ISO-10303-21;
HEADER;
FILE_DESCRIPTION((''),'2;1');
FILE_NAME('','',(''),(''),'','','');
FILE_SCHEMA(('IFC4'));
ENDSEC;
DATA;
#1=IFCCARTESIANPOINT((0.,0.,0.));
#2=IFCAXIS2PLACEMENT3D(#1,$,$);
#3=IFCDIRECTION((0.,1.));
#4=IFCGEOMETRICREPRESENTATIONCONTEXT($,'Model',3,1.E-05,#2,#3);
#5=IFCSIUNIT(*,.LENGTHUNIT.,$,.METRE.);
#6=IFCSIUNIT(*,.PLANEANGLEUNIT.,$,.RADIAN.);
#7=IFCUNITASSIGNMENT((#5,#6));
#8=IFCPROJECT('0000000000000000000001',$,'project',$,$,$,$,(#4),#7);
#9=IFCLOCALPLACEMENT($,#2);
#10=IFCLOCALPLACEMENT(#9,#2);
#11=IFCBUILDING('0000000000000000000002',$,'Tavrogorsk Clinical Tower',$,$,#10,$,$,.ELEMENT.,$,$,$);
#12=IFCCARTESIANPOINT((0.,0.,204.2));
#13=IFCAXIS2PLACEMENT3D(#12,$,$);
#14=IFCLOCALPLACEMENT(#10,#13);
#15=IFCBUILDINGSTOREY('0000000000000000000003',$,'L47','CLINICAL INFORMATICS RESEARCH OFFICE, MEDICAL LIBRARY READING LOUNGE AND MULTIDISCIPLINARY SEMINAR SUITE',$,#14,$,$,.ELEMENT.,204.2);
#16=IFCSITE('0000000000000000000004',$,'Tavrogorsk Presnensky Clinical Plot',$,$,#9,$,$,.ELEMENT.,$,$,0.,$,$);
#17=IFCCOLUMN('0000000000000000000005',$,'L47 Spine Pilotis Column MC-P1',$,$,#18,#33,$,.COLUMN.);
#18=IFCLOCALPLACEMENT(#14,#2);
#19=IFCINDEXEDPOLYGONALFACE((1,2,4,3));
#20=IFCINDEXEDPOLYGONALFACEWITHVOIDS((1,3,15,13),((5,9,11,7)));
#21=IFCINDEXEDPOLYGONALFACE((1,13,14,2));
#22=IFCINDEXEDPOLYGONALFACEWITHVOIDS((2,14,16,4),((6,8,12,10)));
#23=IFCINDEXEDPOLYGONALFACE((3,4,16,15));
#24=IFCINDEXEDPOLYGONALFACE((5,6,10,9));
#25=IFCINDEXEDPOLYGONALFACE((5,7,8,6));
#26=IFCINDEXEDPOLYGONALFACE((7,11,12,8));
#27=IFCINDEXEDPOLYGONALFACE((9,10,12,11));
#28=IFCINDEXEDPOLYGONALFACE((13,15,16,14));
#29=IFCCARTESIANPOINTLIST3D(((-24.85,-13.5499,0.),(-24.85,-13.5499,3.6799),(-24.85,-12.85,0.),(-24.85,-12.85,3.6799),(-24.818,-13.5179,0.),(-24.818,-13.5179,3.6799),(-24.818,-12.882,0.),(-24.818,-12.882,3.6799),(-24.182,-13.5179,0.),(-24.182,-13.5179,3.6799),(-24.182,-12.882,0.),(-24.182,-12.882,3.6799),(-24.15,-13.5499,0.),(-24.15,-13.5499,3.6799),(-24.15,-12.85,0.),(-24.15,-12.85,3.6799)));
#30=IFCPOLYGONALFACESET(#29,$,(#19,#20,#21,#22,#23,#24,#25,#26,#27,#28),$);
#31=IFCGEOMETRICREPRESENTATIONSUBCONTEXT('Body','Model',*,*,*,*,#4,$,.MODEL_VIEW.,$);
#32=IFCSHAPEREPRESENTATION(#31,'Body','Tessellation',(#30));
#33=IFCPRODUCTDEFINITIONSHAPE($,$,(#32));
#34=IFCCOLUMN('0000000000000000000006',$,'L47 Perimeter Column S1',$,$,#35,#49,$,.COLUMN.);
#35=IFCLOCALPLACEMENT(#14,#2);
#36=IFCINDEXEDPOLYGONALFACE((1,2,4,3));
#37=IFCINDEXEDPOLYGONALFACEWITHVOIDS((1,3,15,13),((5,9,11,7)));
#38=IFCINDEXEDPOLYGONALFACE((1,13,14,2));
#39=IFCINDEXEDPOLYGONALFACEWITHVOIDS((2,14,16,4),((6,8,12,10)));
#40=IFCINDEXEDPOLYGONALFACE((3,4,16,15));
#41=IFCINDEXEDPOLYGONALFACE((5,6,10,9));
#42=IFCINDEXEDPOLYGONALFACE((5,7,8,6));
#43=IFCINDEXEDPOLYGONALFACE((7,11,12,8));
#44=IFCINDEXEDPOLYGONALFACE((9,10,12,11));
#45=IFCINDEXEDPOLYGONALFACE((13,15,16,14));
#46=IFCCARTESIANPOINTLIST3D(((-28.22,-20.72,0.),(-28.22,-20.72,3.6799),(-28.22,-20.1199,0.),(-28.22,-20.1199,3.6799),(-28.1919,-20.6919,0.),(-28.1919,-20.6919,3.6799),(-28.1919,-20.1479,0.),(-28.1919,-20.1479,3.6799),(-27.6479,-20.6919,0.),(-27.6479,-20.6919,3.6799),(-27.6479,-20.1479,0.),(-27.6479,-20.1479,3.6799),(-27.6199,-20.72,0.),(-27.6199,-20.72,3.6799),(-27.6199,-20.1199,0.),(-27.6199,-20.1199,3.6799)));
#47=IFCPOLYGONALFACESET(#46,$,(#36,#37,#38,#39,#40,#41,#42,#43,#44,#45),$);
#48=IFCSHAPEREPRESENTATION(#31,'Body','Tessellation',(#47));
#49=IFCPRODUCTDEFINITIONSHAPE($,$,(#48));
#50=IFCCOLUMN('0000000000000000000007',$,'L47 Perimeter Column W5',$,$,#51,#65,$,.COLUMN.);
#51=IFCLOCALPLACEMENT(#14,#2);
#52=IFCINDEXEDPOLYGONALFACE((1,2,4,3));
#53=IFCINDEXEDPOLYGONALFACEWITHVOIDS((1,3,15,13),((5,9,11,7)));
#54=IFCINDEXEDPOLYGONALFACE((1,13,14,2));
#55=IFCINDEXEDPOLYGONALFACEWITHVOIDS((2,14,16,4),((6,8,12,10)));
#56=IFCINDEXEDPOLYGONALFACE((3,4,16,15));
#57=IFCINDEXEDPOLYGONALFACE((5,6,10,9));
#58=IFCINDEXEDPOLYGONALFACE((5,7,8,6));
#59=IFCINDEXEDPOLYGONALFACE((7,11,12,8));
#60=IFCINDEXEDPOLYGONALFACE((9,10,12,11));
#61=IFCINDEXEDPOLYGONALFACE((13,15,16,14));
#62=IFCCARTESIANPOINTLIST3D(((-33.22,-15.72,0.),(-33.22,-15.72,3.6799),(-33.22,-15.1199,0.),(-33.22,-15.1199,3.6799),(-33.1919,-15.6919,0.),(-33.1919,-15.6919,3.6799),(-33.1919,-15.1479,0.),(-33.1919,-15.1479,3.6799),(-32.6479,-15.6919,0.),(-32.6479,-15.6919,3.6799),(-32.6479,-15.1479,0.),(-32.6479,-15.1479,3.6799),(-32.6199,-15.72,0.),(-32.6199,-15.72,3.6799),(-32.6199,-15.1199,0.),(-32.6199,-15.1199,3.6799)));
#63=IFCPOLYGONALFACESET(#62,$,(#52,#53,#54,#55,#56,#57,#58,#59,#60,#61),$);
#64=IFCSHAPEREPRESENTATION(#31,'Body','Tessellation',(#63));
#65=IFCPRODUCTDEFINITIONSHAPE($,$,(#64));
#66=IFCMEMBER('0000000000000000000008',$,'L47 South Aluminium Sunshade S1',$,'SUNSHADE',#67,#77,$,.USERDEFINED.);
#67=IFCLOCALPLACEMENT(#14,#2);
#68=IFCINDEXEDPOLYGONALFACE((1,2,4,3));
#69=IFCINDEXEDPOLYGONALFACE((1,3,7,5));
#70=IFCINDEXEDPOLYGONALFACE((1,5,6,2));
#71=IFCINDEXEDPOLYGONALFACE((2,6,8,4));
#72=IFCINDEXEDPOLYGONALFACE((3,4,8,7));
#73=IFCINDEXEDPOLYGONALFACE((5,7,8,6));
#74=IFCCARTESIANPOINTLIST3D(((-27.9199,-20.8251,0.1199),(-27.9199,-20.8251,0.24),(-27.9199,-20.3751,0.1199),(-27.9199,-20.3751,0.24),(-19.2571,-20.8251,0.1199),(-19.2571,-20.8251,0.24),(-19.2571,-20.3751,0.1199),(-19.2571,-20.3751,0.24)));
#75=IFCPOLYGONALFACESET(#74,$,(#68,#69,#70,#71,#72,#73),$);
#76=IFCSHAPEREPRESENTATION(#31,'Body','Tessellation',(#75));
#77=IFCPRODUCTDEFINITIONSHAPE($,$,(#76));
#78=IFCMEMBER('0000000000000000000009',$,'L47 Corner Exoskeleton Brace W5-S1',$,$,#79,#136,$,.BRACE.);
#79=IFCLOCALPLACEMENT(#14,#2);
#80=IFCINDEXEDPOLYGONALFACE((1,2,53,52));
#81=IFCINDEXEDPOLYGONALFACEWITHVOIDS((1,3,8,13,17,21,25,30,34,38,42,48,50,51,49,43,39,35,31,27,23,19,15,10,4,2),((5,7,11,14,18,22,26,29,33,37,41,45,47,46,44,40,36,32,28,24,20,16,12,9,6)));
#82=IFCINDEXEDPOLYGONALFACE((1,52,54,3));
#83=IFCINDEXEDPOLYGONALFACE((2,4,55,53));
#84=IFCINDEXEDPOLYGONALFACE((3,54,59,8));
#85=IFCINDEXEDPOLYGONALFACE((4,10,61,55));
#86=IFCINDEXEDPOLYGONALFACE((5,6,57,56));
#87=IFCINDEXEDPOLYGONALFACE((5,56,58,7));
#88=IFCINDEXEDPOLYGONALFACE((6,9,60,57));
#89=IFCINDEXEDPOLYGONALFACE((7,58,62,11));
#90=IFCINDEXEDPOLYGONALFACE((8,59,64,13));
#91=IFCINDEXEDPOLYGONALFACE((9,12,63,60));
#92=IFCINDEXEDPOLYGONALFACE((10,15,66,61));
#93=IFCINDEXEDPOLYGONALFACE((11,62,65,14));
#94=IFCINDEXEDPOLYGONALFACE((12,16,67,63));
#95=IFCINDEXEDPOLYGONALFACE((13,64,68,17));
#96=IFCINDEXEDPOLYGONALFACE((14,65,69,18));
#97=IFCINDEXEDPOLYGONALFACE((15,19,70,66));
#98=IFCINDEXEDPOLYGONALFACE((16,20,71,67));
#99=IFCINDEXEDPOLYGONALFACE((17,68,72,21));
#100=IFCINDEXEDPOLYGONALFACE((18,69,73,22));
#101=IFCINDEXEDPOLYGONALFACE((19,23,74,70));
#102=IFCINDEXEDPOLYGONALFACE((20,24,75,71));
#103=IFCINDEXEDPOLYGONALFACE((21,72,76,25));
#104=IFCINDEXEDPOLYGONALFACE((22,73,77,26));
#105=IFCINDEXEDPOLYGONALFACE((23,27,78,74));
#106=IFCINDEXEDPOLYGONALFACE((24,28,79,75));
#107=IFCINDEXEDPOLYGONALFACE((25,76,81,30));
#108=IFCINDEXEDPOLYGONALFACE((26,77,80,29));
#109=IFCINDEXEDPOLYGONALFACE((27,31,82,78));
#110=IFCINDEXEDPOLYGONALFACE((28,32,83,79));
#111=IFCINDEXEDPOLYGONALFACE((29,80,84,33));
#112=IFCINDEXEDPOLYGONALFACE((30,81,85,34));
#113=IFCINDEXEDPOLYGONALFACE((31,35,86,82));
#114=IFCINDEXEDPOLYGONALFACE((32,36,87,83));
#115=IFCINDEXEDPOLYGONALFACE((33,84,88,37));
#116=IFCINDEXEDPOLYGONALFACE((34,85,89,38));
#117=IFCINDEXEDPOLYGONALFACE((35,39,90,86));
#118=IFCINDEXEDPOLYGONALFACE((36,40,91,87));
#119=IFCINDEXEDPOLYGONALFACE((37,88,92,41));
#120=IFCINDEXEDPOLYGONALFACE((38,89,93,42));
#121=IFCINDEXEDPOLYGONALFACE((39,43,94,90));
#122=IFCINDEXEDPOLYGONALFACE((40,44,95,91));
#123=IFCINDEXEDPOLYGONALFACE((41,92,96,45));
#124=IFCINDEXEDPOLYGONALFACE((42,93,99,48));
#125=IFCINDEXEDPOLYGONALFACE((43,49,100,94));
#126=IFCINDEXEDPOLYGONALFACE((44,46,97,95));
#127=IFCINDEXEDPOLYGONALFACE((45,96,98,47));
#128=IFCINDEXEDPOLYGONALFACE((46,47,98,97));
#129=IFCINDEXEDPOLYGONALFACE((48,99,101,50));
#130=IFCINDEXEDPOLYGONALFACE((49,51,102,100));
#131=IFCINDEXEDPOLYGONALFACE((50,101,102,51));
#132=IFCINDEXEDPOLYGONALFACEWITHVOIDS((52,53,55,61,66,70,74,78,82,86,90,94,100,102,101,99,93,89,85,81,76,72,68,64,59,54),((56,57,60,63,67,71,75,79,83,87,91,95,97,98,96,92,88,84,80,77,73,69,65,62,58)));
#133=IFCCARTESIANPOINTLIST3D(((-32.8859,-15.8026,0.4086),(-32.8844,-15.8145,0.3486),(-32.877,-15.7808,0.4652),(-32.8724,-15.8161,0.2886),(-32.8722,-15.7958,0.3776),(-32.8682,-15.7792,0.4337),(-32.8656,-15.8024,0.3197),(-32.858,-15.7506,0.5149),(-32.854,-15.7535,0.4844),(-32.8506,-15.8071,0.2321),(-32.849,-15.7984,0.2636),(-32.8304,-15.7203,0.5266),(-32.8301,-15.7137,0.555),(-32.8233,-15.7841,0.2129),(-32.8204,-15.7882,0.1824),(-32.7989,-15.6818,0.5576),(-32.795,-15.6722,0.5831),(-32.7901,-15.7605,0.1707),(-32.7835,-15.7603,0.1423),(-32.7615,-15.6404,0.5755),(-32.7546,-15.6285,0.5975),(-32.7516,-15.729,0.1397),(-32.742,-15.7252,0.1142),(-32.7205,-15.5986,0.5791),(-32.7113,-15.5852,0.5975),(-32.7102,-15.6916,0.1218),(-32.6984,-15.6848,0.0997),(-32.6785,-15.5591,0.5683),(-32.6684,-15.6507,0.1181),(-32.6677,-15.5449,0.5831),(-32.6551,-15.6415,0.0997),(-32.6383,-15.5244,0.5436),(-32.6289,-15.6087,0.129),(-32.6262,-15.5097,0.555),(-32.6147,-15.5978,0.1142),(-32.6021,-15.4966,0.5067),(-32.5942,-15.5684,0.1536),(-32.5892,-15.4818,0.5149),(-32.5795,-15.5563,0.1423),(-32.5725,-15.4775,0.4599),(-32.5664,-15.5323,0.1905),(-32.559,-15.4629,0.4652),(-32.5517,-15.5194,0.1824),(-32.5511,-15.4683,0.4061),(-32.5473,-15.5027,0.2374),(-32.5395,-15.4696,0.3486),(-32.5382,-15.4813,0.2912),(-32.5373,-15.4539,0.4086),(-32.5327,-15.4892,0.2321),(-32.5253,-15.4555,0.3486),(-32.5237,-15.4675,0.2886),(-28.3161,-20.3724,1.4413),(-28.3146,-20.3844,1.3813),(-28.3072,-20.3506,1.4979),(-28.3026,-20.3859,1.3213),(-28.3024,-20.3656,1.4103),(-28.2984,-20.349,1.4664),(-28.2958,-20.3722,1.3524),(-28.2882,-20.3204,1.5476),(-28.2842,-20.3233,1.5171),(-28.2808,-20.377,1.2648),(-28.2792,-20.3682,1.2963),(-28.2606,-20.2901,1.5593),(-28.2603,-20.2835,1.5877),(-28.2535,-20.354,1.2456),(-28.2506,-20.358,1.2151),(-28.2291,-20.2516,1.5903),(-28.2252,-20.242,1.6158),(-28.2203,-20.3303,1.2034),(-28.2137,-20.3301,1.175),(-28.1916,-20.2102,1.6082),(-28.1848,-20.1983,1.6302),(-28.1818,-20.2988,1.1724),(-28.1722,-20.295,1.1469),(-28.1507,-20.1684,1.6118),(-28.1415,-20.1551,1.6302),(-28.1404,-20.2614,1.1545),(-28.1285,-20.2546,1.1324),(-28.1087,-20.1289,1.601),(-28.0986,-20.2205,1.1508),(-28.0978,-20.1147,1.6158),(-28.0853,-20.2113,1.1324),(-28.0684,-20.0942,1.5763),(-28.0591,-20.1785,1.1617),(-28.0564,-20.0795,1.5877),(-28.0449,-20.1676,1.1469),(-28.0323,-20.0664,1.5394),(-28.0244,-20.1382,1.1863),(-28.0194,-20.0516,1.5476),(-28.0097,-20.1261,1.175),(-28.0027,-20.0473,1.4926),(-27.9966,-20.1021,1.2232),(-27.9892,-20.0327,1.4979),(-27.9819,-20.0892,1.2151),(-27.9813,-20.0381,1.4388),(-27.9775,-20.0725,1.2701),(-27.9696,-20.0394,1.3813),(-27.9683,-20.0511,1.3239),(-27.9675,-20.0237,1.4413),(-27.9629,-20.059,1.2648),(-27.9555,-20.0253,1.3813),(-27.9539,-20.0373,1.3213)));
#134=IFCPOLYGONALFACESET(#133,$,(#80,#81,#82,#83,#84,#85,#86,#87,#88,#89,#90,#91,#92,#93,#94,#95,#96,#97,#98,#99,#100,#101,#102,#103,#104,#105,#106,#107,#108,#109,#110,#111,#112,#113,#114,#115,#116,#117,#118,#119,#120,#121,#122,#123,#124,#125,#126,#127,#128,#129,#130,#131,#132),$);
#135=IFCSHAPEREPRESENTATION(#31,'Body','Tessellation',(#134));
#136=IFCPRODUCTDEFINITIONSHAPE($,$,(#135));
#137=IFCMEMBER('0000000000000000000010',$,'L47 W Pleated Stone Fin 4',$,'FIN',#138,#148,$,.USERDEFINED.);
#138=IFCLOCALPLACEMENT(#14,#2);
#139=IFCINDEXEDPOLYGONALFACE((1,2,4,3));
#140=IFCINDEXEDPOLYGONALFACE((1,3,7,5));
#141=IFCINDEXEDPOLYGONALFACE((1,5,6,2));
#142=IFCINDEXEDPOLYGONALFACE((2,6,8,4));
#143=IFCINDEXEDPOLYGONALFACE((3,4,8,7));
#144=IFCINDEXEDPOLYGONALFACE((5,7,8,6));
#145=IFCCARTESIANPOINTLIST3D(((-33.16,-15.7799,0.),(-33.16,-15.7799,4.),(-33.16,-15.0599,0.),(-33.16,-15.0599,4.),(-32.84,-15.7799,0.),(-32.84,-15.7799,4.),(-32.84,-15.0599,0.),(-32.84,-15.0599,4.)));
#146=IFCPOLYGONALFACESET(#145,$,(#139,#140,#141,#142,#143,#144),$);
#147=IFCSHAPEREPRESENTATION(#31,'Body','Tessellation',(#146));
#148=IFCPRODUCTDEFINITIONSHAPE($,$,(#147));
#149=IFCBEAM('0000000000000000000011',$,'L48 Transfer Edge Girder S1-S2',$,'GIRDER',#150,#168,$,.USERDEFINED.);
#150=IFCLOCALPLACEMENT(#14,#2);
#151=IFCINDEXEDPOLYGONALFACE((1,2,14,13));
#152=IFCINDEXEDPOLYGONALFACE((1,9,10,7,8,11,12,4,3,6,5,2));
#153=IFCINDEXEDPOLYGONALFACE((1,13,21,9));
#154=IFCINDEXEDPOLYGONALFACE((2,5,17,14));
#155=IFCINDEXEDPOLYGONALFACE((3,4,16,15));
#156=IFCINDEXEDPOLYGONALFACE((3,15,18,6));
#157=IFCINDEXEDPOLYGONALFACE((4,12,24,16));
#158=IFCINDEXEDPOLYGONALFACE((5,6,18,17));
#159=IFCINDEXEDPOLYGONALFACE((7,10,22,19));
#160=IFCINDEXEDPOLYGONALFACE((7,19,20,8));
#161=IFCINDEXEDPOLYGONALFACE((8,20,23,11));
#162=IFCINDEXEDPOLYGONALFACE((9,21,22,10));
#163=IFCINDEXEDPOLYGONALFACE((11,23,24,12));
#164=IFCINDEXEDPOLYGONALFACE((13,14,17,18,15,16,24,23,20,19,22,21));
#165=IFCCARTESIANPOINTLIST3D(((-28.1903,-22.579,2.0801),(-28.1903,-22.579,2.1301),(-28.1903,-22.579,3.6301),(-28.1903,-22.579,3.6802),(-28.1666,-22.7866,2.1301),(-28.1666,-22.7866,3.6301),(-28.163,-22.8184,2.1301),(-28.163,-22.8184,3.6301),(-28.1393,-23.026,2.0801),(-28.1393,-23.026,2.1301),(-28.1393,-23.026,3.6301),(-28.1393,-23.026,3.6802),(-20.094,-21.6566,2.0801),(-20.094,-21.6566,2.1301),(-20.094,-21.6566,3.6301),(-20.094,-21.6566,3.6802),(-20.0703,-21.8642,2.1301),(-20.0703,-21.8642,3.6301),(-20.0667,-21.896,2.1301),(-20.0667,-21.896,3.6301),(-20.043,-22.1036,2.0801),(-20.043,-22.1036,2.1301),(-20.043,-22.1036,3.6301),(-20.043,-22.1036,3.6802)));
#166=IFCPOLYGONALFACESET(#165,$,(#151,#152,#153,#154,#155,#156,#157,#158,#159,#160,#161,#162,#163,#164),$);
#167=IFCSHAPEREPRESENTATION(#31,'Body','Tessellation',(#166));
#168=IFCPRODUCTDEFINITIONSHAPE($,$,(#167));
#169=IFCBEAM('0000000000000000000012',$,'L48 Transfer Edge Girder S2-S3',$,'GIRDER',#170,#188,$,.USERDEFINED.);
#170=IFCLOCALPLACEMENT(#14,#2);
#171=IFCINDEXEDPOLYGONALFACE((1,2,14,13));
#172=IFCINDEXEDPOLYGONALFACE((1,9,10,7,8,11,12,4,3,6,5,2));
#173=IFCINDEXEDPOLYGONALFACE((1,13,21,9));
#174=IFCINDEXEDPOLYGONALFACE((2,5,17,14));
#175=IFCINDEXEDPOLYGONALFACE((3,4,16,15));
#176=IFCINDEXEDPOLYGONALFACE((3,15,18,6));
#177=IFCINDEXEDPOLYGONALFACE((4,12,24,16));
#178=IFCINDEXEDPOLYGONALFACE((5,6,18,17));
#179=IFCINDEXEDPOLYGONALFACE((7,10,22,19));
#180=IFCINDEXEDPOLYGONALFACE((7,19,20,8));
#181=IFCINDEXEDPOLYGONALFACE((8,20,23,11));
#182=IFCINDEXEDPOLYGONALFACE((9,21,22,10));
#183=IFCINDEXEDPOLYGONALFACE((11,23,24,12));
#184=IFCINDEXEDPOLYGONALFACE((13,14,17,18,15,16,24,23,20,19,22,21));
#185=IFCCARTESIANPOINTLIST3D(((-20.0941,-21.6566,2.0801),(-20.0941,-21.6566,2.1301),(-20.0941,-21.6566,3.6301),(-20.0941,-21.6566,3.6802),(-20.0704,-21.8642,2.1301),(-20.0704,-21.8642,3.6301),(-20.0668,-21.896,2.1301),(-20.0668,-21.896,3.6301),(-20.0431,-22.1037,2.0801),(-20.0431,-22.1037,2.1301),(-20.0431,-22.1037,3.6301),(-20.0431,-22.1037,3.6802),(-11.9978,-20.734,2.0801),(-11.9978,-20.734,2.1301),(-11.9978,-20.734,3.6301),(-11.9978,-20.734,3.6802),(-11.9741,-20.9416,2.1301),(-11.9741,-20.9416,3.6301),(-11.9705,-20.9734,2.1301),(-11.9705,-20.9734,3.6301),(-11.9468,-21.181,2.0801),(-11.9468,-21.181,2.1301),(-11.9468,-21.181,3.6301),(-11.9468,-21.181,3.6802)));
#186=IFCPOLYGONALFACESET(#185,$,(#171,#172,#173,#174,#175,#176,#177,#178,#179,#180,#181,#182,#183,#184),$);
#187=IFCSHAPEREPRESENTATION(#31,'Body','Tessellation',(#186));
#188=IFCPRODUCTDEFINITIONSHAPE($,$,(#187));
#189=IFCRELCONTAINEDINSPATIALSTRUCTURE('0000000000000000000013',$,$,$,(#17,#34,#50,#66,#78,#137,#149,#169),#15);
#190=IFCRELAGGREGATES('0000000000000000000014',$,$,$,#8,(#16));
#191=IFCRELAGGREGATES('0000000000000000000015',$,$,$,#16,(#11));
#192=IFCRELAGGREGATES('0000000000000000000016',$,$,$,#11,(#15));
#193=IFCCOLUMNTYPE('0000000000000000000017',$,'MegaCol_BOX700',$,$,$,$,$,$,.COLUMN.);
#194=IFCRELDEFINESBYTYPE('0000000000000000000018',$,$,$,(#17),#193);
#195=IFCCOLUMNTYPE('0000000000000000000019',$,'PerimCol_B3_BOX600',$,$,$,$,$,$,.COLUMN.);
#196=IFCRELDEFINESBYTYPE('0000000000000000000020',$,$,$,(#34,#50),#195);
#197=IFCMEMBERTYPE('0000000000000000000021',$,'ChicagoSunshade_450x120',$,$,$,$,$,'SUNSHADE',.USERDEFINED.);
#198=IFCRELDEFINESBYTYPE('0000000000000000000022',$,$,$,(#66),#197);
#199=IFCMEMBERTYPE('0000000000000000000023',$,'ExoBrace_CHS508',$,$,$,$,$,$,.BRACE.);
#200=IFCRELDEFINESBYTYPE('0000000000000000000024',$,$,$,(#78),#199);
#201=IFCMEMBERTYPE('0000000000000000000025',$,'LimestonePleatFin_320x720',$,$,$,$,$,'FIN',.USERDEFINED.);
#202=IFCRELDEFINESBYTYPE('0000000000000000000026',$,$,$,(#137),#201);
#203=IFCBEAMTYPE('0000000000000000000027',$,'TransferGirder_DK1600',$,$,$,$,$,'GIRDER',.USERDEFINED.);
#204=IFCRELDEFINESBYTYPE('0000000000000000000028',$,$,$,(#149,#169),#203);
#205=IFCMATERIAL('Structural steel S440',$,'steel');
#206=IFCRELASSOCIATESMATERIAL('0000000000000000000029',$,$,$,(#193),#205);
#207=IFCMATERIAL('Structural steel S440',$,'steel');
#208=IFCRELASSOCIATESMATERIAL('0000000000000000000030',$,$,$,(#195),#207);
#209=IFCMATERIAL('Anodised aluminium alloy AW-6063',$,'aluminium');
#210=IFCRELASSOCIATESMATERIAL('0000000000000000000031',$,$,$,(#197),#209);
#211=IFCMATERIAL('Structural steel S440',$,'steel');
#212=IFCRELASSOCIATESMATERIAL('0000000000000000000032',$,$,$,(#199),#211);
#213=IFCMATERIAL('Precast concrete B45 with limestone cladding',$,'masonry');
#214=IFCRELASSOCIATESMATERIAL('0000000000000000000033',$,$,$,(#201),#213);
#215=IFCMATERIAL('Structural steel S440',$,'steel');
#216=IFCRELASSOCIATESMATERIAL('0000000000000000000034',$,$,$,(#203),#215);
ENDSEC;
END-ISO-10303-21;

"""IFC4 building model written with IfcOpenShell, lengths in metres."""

from ifc_helpers import new_model, si_unit, direction, frame, origin, origin_2d, place, context, subcontext, project, spatial, rectangle, hollow_rectangle, hollow_circle, i_section, extrude, material, material_profile, profile_set, type_object, element, save


model = new_model("IFC4")

# Units and contexts
model_context = context("Model", 3, precision=1e-05, world=origin(), true_north=direction((0.0, 1.0)))
body_context = subcontext(model_context, "Body", "Model", "MODEL_VIEW")
ifc_project = project(units=[si_unit("LENGTHUNIT", "METRE"), si_unit("PLANEANGLEUNIT", "RADIAN")], contexts=[model_context])

# Site, building, storey
site_placement = place(None, origin())
site = spatial("IfcSite", under=ifc_project, at=site_placement, Name="Tavrogorsk Presnensky Clinical Plot", CompositionType="ELEMENT", RefElevation=0.0)
building_placement = place(site_placement, origin())
building = spatial("IfcBuilding", under=site, at=building_placement, Name="Tavrogorsk Clinical Tower", CompositionType="ELEMENT")
storey_placement = place(building_placement, frame((0.0, 0.0, 204.2)))
storey = spatial("IfcBuildingStorey", under=building, at=storey_placement, Name="L47", Description="CLINICAL INFORMATICS RESEARCH OFFICE, MEDICAL LIBRARY READING LOUNGE AND MULTIDISCIPLINARY SEMINAR SUITE", CompositionType="ELEMENT", Elevation=204.2)

# Columns
ifc_material_1 = material(Name="Structural steel S440", Category="steel")
ifc_material_profile_1 = material_profile(ifc_material_1, hollow_rectangle(XDim=0.7, YDim=0.7, WallThickness=0.032, at=origin_2d()), Name="BOX-700x700x32")
ifc_profile_set_1 = profile_set([ifc_material_profile_1], Name="Structural steel S440")
column_type_1 = type_object("IfcColumnType", Name="MegaCol_BOX700", PredefinedType="COLUMN", material=ifc_profile_set_1)
column_placement = place(storey_placement, frame((-24.5, -13.2, 0.0), z_axis=(0.0, 0.0, 1.0), x_axis=(1.0, 0.0, 0.0)))
element("IfcColumn", 1, at=column_placement, inside=storey, type_object=column_type_1, Name="L47 Spine Pilotis Column MC-P1", PredefinedType="COLUMN", context=body_context, shape_type="SweptSolid", body=[
    extrude(hollow_rectangle(XDim=0.7, YDim=0.7, WallThickness=0.032, at=origin_2d()), origin(), (0.0, 0.0, 1.0), 3.6799),
])
ifc_material_2 = material(Name="Structural steel S440", Category="steel")
ifc_material_profile_2 = material_profile(ifc_material_2, hollow_rectangle(XDim=0.6001, YDim=0.6001, WallThickness=0.0281, at=origin_2d()), Name="BOX-600x600x28")
ifc_profile_set_2 = profile_set([ifc_material_profile_2], Name="Structural steel S440")
column_type_2 = type_object("IfcColumnType", Name="PerimCol_B3_BOX600", PredefinedType="COLUMN", material=ifc_profile_set_2)
for number, where, z_axis, x_axis, name in (
    (2, (-27.9199, -20.4199, 0.0), (0.0, 0.0, 1.0), (1.0, 0.0, 0.0), "L47 Perimeter Column S1"),
    (3, (-32.9199, -15.4199, 0.0), (0.0, 0.0, 1.0), (1.0, 0.0, 0.0), "L47 Perimeter Column W5"),
):
    element("IfcColumn", number, at=place(storey_placement, frame(where, z_axis=z_axis, x_axis=x_axis)), inside=storey, type_object=column_type_2, Name=name, PredefinedType="COLUMN", context=body_context, shape_type="SweptSolid", body=[
        extrude(hollow_rectangle(XDim=0.6001, YDim=0.6001, WallThickness=0.0281, at=origin_2d()), origin(), (0.0, 0.0, 1.0), 3.6799),
    ])

# Members
ifc_material_3 = material(Name="Anodised aluminium alloy AW-6063", Category="aluminium")
ifc_material_profile_3 = material_profile(ifc_material_3, rectangle(XDim=0.45, YDim=0.1201, at=origin_2d()), Name="ALU-SUNSHADE-450x120")
ifc_profile_set_3 = profile_set([ifc_material_profile_3], Name="Anodised aluminium alloy AW-6063")
member_type_1 = type_object("IfcMemberType", Name="ChicagoSunshade_450x120", ElementType="SUNSHADE", PredefinedType="USERDEFINED", material=ifc_profile_set_3)
member_1_placement = place(storey_placement, frame((-27.9199, -20.6001, 0.1799), z_axis=(1.0, 0.0, 0.0), x_axis=(0.0, 1.0, 0.0)))
element("IfcMember", 4, at=member_1_placement, inside=storey, type_object=member_type_1, Name="L47 South Aluminium Sunshade S1", ObjectType="SUNSHADE", PredefinedType="USERDEFINED", context=body_context, shape_type="SweptSolid", body=[
    extrude(rectangle(XDim=0.45, YDim=0.1201, at=origin_2d()), origin(), (0.0, 0.0, 1.0), 8.6628),
])
ifc_material_4 = material(Name="Structural steel S440", Category="steel")
ifc_material_profile_4 = material_profile(ifc_material_4, hollow_circle(Radius=0.2539, WallThickness=0.02, at=origin_2d()), Name="CHS-508x20")
ifc_profile_set_4 = profile_set([ifc_material_profile_4], Name="Structural steel S440")
member_type_2 = type_object("IfcMemberType", Name="ExoBrace_CHS508", PredefinedType="BRACE", material=ifc_profile_set_4)
member_2_placement = place(storey_placement, frame((-32.7048, -15.635, 0.3486), z_axis=(0.698248, -0.698248, 0.157794), x_axis=(0.707107, 0.707107, 0.0)))
element("IfcMember", 5, at=member_2_placement, inside=storey, type_object=member_type_2, Name="L47 Corner Exoskeleton Brace W5-S1", PredefinedType="BRACE", context=body_context, shape_type="SweptSolid", body=[
    extrude(hollow_circle(Radius=0.2539, WallThickness=0.02, at=origin_2d()), origin(), (0.0, 0.0, 1.0), 6.5447),
])
ifc_material_5 = material(Name="Precast concrete B45 with limestone cladding", Category="masonry")
ifc_material_profile_5 = material_profile(ifc_material_5, rectangle(XDim=0.3201, YDim=0.72, at=origin_2d()), Name="LIMESTONE-FIN-320x720")
ifc_profile_set_5 = profile_set([ifc_material_profile_5], Name="Precast concrete B45 with limestone cladding")
member_type_3 = type_object("IfcMemberType", Name="LimestonePleatFin_320x720", ElementType="FIN", PredefinedType="USERDEFINED", material=ifc_profile_set_5)
member_3_placement = place(storey_placement, frame((-33.0, -15.4199, 0.0), z_axis=(0.0, 0.0, 1.0), x_axis=(1.0, 0.0, 0.0)))
element("IfcMember", 6, at=member_3_placement, inside=storey, type_object=member_type_3, Name="L47 W Pleated Stone Fin 4", ObjectType="FIN", PredefinedType="USERDEFINED", context=body_context, shape_type="SweptSolid", body=[
    extrude(rectangle(XDim=0.3201, YDim=0.72, at=origin_2d()), origin(), (0.0, 0.0, 1.0), 4.0),
])

# Beams
ifc_material_6 = material(Name="Structural steel S440", Category="steel")
ifc_material_profile_6 = material_profile(ifc_material_6, i_section(OverallWidth=0.45, OverallDepth=1.6001, WebThickness=0.032, FlangeThickness=0.05, at=origin_2d()), Name="DK-1600x450x32x50")
ifc_profile_set_6 = profile_set([ifc_material_profile_6], Name="Structural steel S440")
beam_type_1 = type_object("IfcBeamType", Name="TransferGirder_DK1600", ElementType="GIRDER", PredefinedType="USERDEFINED", material=ifc_profile_set_6)
for number, where, z_axis, x_axis, name in (
    (7, (-28.1648, -22.8025, 2.8801), (0.993573, 0.113193, 0.0), (-0.113193, 0.993573, 0.0), "L48 Transfer Edge Girder S1-S2"),
    (8, (-20.0686, -21.8801, 2.8801), (0.99357, 0.113223, 0.0), (-0.113223, 0.99357, 0.0), "L48 Transfer Edge Girder S2-S3"),
):
    element("IfcBeam", number, at=place(storey_placement, frame(where, z_axis=z_axis, x_axis=x_axis)), inside=storey, type_object=beam_type_1, Name=name, ObjectType="GIRDER", PredefinedType="USERDEFINED", context=body_context, shape_type="SweptSolid", body=[
        extrude(i_section(OverallWidth=0.45, OverallDepth=1.6001, WebThickness=0.032, FlangeThickness=0.05, at=origin_2d()), origin(), (0.0, 0.0, 1.0), 8.1487),
    ])

save(model, "model.ifc")
